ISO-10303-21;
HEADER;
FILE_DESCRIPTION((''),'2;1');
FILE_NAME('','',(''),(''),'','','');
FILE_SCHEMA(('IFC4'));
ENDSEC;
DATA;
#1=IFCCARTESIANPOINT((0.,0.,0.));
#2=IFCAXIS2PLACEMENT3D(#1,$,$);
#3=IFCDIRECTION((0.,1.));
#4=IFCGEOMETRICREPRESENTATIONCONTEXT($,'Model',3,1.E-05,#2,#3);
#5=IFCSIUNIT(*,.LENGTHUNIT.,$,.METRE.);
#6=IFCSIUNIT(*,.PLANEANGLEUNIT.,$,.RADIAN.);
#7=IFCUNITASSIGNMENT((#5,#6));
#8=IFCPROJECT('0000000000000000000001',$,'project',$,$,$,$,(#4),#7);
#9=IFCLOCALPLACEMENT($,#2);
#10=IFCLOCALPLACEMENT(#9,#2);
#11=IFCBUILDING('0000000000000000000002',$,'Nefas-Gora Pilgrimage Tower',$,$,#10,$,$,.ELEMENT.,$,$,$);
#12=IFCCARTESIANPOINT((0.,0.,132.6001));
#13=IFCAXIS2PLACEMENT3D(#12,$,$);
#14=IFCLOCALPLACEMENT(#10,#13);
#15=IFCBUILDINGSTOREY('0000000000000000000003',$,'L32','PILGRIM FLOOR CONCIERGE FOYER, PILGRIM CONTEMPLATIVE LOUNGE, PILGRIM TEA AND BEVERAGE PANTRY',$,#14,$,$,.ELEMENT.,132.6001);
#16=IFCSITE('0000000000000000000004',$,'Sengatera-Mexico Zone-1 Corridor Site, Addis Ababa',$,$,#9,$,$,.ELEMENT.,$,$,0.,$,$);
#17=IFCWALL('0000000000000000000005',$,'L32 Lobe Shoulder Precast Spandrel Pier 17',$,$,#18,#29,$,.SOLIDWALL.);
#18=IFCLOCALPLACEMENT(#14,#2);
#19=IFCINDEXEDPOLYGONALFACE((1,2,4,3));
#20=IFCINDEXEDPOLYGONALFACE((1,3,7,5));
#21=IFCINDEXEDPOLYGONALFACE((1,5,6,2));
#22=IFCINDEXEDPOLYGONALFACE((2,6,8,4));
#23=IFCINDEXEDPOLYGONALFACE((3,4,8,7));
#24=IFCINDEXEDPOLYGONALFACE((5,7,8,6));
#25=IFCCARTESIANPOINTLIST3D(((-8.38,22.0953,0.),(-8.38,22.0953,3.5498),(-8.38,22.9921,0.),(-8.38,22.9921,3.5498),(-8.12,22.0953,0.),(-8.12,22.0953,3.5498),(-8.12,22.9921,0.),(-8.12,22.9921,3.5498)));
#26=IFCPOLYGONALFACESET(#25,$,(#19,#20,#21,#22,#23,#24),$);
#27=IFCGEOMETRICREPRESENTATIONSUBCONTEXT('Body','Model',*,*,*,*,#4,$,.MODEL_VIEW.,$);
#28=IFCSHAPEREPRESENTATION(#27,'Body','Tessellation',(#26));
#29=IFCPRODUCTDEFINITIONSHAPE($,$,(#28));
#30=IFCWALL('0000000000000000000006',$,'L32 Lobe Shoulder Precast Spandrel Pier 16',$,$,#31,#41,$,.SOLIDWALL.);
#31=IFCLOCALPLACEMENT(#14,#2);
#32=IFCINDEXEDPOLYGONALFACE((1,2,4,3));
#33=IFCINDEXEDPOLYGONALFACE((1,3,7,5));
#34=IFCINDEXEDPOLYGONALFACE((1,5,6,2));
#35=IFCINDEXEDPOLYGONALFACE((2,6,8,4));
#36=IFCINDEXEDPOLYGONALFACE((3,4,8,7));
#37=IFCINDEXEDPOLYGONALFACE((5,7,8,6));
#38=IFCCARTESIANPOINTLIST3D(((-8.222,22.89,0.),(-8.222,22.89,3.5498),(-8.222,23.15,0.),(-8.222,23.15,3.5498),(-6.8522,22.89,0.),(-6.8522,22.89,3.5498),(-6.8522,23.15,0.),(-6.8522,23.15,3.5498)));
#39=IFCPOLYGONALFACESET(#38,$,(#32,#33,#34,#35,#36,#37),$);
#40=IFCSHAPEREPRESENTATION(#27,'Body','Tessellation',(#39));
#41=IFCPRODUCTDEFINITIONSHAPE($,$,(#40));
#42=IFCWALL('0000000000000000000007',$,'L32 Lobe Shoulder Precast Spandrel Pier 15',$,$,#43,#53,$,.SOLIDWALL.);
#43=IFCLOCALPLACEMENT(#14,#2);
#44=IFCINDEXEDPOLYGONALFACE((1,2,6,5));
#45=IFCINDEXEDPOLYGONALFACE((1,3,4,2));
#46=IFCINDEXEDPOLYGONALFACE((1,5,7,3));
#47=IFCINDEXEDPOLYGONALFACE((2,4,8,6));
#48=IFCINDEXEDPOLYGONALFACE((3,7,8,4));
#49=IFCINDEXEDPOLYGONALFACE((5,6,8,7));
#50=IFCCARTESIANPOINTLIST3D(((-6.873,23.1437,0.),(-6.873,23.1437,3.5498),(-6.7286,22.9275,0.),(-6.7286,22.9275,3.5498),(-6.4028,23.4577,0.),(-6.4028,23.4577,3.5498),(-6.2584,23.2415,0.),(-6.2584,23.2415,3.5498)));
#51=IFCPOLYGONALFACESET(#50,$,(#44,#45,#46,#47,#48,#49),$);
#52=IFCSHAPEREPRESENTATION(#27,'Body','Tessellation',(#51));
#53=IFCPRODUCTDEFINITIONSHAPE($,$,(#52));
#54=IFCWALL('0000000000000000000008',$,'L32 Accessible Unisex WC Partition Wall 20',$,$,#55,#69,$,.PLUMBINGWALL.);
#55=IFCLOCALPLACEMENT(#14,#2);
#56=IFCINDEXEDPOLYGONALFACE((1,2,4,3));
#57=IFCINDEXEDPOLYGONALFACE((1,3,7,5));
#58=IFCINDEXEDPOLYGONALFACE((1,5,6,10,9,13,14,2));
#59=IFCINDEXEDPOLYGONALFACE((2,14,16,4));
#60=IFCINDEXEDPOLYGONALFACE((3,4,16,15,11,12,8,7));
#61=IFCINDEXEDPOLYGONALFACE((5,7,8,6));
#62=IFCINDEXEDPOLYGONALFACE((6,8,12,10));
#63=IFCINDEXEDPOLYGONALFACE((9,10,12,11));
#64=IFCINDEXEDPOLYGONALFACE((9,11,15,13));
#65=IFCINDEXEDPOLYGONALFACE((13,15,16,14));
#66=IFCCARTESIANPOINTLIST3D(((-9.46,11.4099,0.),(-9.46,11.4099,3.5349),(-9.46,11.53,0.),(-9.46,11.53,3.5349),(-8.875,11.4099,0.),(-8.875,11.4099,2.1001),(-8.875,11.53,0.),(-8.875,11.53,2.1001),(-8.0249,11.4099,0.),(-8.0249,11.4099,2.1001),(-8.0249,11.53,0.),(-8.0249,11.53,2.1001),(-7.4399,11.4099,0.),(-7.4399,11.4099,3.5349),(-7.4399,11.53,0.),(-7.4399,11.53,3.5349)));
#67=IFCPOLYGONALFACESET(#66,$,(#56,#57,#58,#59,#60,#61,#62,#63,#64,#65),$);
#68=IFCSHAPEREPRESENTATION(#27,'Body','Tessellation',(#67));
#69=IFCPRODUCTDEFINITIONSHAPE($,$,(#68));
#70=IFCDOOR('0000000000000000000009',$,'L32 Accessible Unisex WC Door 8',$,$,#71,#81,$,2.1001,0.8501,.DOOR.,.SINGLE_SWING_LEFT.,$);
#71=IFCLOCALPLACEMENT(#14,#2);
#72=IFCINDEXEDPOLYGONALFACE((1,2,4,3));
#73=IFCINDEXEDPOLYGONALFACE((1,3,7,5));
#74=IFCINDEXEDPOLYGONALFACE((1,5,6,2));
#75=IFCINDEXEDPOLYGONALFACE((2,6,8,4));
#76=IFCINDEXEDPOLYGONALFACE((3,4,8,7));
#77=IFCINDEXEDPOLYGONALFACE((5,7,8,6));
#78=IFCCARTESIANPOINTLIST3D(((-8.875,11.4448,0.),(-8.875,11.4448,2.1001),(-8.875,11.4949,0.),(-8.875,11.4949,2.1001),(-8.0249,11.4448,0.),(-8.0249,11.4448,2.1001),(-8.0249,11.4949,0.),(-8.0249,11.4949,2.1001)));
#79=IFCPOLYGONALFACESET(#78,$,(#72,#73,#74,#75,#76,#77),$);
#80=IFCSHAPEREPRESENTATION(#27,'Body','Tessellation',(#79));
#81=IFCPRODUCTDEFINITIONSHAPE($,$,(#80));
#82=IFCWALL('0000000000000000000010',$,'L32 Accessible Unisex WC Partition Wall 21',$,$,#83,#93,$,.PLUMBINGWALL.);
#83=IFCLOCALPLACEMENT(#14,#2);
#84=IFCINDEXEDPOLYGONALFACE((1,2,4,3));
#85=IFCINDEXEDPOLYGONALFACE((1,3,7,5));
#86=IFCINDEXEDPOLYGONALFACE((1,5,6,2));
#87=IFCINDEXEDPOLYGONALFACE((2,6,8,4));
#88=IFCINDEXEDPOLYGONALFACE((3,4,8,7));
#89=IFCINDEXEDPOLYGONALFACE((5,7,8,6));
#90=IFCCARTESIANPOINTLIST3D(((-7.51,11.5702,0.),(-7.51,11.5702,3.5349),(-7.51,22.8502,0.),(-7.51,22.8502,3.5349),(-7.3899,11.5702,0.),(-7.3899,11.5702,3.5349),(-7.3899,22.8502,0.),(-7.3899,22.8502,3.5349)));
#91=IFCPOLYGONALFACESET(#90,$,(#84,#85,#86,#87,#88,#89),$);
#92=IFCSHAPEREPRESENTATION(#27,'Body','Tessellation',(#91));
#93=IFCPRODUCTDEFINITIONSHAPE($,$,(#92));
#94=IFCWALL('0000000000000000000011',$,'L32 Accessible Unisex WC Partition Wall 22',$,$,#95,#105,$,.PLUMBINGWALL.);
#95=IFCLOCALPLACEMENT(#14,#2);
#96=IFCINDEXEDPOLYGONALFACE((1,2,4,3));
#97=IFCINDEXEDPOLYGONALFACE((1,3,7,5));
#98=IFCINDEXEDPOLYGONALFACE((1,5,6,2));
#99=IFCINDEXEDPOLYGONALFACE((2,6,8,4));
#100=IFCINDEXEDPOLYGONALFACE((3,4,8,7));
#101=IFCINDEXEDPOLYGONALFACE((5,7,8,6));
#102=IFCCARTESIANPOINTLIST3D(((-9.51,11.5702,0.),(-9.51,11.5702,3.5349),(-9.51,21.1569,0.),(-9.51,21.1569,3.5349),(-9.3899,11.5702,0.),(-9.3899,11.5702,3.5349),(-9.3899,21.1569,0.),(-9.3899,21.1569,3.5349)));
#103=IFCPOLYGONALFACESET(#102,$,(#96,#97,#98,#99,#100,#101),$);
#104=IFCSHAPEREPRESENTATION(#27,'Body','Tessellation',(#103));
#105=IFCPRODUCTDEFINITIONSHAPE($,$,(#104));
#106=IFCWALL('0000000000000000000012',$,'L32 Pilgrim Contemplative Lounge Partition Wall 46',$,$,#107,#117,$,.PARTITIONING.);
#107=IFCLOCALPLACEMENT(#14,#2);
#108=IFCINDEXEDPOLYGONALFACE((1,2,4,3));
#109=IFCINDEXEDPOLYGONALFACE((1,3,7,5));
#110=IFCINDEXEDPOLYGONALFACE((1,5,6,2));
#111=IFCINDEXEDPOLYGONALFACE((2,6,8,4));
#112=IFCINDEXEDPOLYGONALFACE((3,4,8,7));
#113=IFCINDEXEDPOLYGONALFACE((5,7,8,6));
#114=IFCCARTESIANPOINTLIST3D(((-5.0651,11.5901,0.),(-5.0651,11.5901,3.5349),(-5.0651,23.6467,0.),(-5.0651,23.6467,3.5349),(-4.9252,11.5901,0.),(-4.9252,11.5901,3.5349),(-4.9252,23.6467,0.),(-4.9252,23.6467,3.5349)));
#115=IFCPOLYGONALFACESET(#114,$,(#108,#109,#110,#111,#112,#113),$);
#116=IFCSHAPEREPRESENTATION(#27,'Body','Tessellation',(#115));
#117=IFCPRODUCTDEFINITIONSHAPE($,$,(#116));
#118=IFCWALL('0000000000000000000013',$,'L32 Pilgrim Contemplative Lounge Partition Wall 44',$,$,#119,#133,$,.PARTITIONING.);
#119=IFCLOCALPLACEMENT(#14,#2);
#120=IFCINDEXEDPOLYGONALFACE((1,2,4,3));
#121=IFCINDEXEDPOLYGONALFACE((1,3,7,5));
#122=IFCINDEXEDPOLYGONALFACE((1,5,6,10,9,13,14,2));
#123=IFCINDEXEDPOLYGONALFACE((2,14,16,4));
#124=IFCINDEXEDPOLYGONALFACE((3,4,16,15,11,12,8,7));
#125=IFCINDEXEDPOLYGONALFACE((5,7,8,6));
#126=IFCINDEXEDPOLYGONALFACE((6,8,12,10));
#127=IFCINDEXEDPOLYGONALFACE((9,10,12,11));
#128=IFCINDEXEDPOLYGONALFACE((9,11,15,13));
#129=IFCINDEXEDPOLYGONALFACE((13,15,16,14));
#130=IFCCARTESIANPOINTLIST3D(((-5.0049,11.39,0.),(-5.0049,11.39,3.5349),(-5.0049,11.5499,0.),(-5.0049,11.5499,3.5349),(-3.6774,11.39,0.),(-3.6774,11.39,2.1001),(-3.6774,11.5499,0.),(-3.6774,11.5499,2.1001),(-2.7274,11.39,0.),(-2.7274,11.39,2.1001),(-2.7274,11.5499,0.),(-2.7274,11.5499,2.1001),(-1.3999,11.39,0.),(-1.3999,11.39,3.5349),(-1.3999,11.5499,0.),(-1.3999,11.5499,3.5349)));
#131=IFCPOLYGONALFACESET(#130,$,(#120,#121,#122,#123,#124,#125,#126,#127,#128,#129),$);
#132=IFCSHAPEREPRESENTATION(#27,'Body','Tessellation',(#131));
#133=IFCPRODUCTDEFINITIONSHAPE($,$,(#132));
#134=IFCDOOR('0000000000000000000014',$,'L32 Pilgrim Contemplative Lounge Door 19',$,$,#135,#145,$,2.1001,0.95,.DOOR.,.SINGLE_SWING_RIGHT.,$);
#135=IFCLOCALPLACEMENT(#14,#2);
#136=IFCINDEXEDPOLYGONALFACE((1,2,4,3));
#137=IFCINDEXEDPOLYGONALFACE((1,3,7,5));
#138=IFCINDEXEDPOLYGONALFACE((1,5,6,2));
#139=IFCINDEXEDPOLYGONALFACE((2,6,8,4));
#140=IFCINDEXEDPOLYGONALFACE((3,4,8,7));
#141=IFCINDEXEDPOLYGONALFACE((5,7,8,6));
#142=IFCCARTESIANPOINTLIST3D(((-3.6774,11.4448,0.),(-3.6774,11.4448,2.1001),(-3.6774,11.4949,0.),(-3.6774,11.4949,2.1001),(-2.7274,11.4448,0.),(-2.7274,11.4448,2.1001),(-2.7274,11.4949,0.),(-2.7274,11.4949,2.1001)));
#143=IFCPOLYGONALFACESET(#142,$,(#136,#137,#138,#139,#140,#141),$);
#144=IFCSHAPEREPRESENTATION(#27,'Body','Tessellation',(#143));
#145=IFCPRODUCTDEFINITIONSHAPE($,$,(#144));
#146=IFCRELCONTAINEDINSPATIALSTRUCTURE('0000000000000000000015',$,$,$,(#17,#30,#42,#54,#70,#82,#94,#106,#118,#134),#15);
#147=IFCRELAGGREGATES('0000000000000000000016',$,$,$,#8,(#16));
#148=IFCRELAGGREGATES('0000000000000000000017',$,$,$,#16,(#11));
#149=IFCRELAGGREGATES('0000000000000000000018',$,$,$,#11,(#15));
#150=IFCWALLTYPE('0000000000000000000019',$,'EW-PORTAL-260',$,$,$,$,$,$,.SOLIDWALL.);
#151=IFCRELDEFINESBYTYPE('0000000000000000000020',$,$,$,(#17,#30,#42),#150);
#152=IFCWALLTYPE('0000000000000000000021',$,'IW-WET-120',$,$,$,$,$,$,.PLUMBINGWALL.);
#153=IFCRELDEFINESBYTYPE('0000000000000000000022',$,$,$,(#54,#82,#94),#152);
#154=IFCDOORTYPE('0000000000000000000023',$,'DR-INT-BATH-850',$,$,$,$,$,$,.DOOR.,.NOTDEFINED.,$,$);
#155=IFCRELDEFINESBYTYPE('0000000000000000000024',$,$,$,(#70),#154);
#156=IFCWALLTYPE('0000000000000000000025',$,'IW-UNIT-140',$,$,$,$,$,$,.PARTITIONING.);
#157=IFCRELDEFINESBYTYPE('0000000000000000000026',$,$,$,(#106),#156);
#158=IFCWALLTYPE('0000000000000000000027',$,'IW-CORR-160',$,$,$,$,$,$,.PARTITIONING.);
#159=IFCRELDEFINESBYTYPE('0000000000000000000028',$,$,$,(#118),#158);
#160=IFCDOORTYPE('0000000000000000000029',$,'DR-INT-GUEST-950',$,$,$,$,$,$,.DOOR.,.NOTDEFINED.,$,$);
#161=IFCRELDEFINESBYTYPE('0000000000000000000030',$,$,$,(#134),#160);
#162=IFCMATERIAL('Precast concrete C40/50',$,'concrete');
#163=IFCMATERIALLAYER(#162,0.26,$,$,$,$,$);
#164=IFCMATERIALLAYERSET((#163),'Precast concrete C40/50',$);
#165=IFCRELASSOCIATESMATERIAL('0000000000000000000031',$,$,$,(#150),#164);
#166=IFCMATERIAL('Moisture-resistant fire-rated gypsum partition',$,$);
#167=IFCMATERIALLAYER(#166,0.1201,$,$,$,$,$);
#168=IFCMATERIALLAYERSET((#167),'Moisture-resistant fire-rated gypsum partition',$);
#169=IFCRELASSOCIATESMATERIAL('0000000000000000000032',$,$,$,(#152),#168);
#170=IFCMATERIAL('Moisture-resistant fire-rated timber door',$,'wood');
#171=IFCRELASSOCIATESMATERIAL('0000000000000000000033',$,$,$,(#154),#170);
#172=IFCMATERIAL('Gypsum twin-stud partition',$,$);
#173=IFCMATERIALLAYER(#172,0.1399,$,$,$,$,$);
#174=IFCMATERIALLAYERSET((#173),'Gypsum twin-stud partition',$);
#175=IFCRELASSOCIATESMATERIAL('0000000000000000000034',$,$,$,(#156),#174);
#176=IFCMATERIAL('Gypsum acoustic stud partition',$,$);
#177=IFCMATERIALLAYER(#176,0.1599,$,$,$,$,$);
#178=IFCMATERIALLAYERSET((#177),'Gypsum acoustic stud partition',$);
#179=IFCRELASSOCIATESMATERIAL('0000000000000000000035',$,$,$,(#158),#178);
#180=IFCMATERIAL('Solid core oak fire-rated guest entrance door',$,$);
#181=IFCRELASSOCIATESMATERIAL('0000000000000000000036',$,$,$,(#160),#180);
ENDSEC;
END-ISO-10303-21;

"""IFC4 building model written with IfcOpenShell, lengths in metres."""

from ifc_helpers import new_model, si_unit, direction, frame, frame_2d, origin, place, context, subcontext, project, spatial, rectangle, extrude, source, transform, mapped, material, layer, layer_set, type_object, element, fill, save


model = new_model("IFC4")

# Units and contexts
model_context = context("Model", 3, precision=1e-05, world=origin(), true_north=direction((0.0, 1.0)))
body_context = subcontext(model_context, "Body", "Model", "MODEL_VIEW")
ifc_project = project(units=[si_unit("LENGTHUNIT", "METRE"), si_unit("PLANEANGLEUNIT", "RADIAN")], contexts=[model_context])

# Site, building, storey
site_placement = place(None, origin())
site = spatial("IfcSite", under=ifc_project, at=site_placement, Name="Sengatera-Mexico Zone-1 Corridor Site, Addis Ababa", CompositionType="ELEMENT", RefElevation=0.0)
building_placement = place(site_placement, origin())
building = spatial("IfcBuilding", under=site, at=building_placement, Name="Nefas-Gora Pilgrimage Tower", CompositionType="ELEMENT")
storey_placement = place(building_placement, frame((0.0, 0.0, 132.6001)))
storey = spatial("IfcBuildingStorey", under=building, at=storey_placement, Name="L32", Description="PILGRIM FLOOR CONCIERGE FOYER, PILGRIM CONTEMPLATIVE LOUNGE, PILGRIM TEA AND BEVERAGE PANTRY", CompositionType="ELEMENT", Elevation=132.6001)

# Walls
ifc_material_1 = material(Name="Precast concrete C40/50", Category="concrete")
ifc_layer_1 = layer(ifc_material_1, 0.26)
ifc_layer_set_1 = layer_set([ifc_layer_1], Name="Precast concrete C40/50")
wall_type_1 = type_object("IfcWallType", Name="EW-PORTAL-260", PredefinedType="SOLIDWALL", material=ifc_layer_set_1)
shared_shape_1 = source(origin(), body_context, "Body", "SweptSolid", [
    extrude(rectangle(XDim=0.8967, YDim=0.26, at=frame_2d((0.4482, 0.0))), origin(), (0.0, 0.0, 1.0), 3.5498),
])
wall_1_placement = place(storey_placement, frame((-8.25, 22.9919, 0.0), z_axis=(0.0, 0.0, 1.0), x_axis=(0.0, -1.0, 0.0)))
element("IfcWall", 1, at=wall_1_placement, inside=storey, type_object=wall_type_1, Name="L32 Lobe Shoulder Precast Spandrel Pier 17", PredefinedType="SOLIDWALL", context=body_context, shape_type="MappedRepresentation", body=[
    mapped(shared_shape_1, transform((0.0, 0.0, 0.0), x_axis=(1.0, 0.0, 0.0), y_axis=(0.0, 1.0, 0.0), z_axis=(0.0, 0.0, 1.0), scale=1.0)),
])
shared_shape_2 = source(origin(), body_context, "Body", "SweptSolid", [
    extrude(rectangle(XDim=1.3699, YDim=0.26, at=frame_2d((0.6851, 0.0))), origin(), (0.0, 0.0, 1.0), 3.5498),
])
wall_2_placement = place(storey_placement, frame((-6.8521, 23.02, 0.0), z_axis=(0.0, 0.0, 1.0), x_axis=(-1.0, 0.0, 0.0)))
element("IfcWall", 2, at=wall_2_placement, inside=storey, type_object=wall_type_1, Name="L32 Lobe Shoulder Precast Spandrel Pier 16", PredefinedType="SOLIDWALL", context=body_context, shape_type="MappedRepresentation", body=[
    mapped(shared_shape_2, transform((0.0, 0.0, 0.0), x_axis=(1.0, 0.0, 0.0), y_axis=(0.0, 1.0, 0.0), z_axis=(0.0, 0.0, 1.0), scale=1.0)),
])
shared_shape_3 = source(origin(), body_context, "Body", "SweptSolid", [
    extrude(rectangle(XDim=0.5654, YDim=0.26, at=frame_2d((0.2827, 0.0))), origin(), (0.0, 0.0, 1.0), 3.5498),
])
wall_3_placement = place(storey_placement, frame((-6.3306, 23.3496, 0.0), z_axis=(0.0, 0.0, 1.0), x_axis=(-0.831651, -0.555298, 0.0)))
element("IfcWall", 3, at=wall_3_placement, inside=storey, type_object=wall_type_1, Name="L32 Lobe Shoulder Precast Spandrel Pier 15", PredefinedType="SOLIDWALL", context=body_context, shape_type="MappedRepresentation", body=[
    mapped(shared_shape_3, transform((0.0, 0.0, 0.0), x_axis=(1.0, 0.0, 0.0), y_axis=(0.0, 1.0, 0.0), z_axis=(0.0, 0.0, 1.0), scale=1.0)),
])

# Wall, opening, door
ifc_material_2 = material(Name="Moisture-resistant fire-rated gypsum partition")
ifc_layer_2 = layer(ifc_material_2, 0.1201)
ifc_layer_set_2 = layer_set([ifc_layer_2], Name="Moisture-resistant fire-rated gypsum partition")
wall_type_2 = type_object("IfcWallType", Name="IW-WET-120", PredefinedType="PLUMBINGWALL", material=ifc_layer_set_2)
shared_shape_4 = source(origin(), body_context, "Body", "SweptSolid", [
    extrude(rectangle(XDim=2.02, YDim=0.1201, at=frame_2d((1.01, 0.0))), origin(), (0.0, 0.0, 1.0), 3.5349),
])
wall_4_placement = place(storey_placement, frame((-9.46, 11.47, 0.0), z_axis=(0.0, 0.0, 1.0), x_axis=(1.0, 0.0, 0.0)))
wall_4 = element("IfcWall", 4, at=wall_4_placement, inside=storey, type_object=wall_type_2, Name="L32 Accessible Unisex WC Partition Wall 20", PredefinedType="PLUMBINGWALL", context=body_context, shape_type="MappedRepresentation", body=[
    mapped(shared_shape_4, transform((0.0, 0.0, 0.0), x_axis=(1.0, 0.0, 0.0), y_axis=(0.0, 1.0, 0.0), z_axis=(0.0, 0.0, 1.0), scale=1.0)),
])
opening_1_placement = place(wall_4_placement, frame((0.585, 0.0, 0.0)))
opening_1 = element("IfcOpeningElement", 5, at=opening_1_placement, cuts=wall_4, PredefinedType="OPENING", context=body_context, shape_type="SweptSolid", body=[
    extrude(rectangle(XDim=0.8501, YDim=2.1001, at=frame_2d((0.425, 1.05))), frame((0.0, 0.0701, 0.0), z_axis=(0.0, -1.0, 0.0), x_axis=(1.0, 0.0, 0.0)), (0.0, 0.0, 1.0), 0.1401),
])
ifc_material_3 = material(Name="Moisture-resistant fire-rated timber door", Category="wood")
door_type_1 = type_object("IfcDoorType", Name="DR-INT-BATH-850", OperationType="NOTDEFINED", PredefinedType="DOOR", material=ifc_material_3)
shared_shape_5 = source(origin(), body_context, "Body", "SweptSolid", [
    extrude(rectangle(XDim=0.8501, YDim=2.1001, at=frame_2d((0.425, 1.05))), frame((0.0, 0.0249, 0.0), z_axis=(0.0, -1.0, 0.0), x_axis=(1.0, 0.0, 0.0)), (0.0, 0.0, 1.0), 0.05),
])
door_1_placement = place(opening_1_placement, origin())
door_1 = element("IfcDoor", 6, at=door_1_placement, inside=storey, type_object=door_type_1, Name="L32 Accessible Unisex WC Door 8", OperationType="SINGLE_SWING_LEFT", OverallHeight=2.1001, OverallWidth=0.8501, PredefinedType="DOOR", context=body_context, shape_type="MappedRepresentation", body=[
    mapped(shared_shape_5, transform((0.0, 0.0, 0.0), x_axis=(1.0, 0.0, 0.0), y_axis=(0.0, 1.0, 0.0), z_axis=(0.0, 0.0, 1.0), scale=1.0)),
])
fill(opening_1, door_1)

# Walls
shared_shape_6 = source(origin(), body_context, "Body", "SweptSolid", [
    extrude(rectangle(XDim=11.28, YDim=0.1201, at=frame_2d((5.6401, 0.0))), origin(), (0.0, 0.0, 1.0), 3.5349),
])
wall_5_placement = place(storey_placement, frame((-7.45, 11.5701, 0.0), z_axis=(0.0, 0.0, 1.0), x_axis=(0.0, 1.0, 0.0)))
element("IfcWall", 7, at=wall_5_placement, inside=storey, type_object=wall_type_2, Name="L32 Accessible Unisex WC Partition Wall 21", PredefinedType="PLUMBINGWALL", context=body_context, shape_type="MappedRepresentation", body=[
    mapped(shared_shape_6, transform((0.0, 0.0, 0.0), x_axis=(1.0, 0.0, 0.0), y_axis=(0.0, 1.0, 0.0), z_axis=(0.0, 0.0, 1.0), scale=1.0)),
])
shared_shape_7 = source(origin(), body_context, "Body", "SweptSolid", [
    extrude(rectangle(XDim=9.5867, YDim=0.1201, at=frame_2d((4.7935, 0.0))), origin(), (0.0, 0.0, 1.0), 3.5349),
])
wall_6_placement = place(storey_placement, frame((-9.45, 11.5701, 0.0), z_axis=(0.0, 0.0, 1.0), x_axis=(0.0, 1.0, 0.0)))
element("IfcWall", 8, at=wall_6_placement, inside=storey, type_object=wall_type_2, Name="L32 Accessible Unisex WC Partition Wall 22", PredefinedType="PLUMBINGWALL", context=body_context, shape_type="MappedRepresentation", body=[
    mapped(shared_shape_7, transform((0.0, 0.0, 0.0), x_axis=(1.0, 0.0, 0.0), y_axis=(0.0, 1.0, 0.0), z_axis=(0.0, 0.0, 1.0), scale=1.0)),
])
ifc_material_4 = material(Name="Gypsum twin-stud partition")
ifc_layer_3 = layer(ifc_material_4, 0.1399)
ifc_layer_set_3 = layer_set([ifc_layer_3], Name="Gypsum twin-stud partition")
wall_type_3 = type_object("IfcWallType", Name="IW-UNIT-140", PredefinedType="PARTITIONING", material=ifc_layer_set_3)
shared_shape_8 = source(origin(), body_context, "Body", "SweptSolid", [
    extrude(rectangle(XDim=12.0566, YDim=0.1399, at=frame_2d((6.0283, 0.0))), origin(), (0.0, 0.0, 1.0), 3.5349),
])
wall_7_placement = place(storey_placement, frame((-4.9951, 11.5901, 0.0), z_axis=(0.0, 0.0, 1.0), x_axis=(0.0, 1.0, 0.0)))
element("IfcWall", 9, at=wall_7_placement, inside=storey, type_object=wall_type_3, Name="L32 Pilgrim Contemplative Lounge Partition Wall 46", PredefinedType="PARTITIONING", context=body_context, shape_type="MappedRepresentation", body=[
    mapped(shared_shape_8, transform((0.0, 0.0, 0.0), x_axis=(1.0, 0.0, 0.0), y_axis=(0.0, 1.0, 0.0), z_axis=(0.0, 0.0, 1.0), scale=1.0)),
])

# Wall, opening, door
ifc_material_5 = material(Name="Gypsum acoustic stud partition")
ifc_layer_4 = layer(ifc_material_5, 0.1599)
ifc_layer_set_4 = layer_set([ifc_layer_4], Name="Gypsum acoustic stud partition")
wall_type_4 = type_object("IfcWallType", Name="IW-CORR-160", PredefinedType="PARTITIONING", material=ifc_layer_set_4)
shared_shape_9 = source(origin(), body_context, "Body", "SweptSolid", [
    extrude(rectangle(XDim=3.605, YDim=0.1599, at=frame_2d((1.8025, 0.0))), origin(), (0.0, 0.0, 1.0), 3.5349),
])
wall_8_placement = place(storey_placement, frame((-5.0049, 11.47, 0.0), z_axis=(0.0, 0.0, 1.0), x_axis=(1.0, 0.0, 0.0)))
wall_8 = element("IfcWall", 10, at=wall_8_placement, inside=storey, type_object=wall_type_4, Name="L32 Pilgrim Contemplative Lounge Partition Wall 44", PredefinedType="PARTITIONING", context=body_context, shape_type="MappedRepresentation", body=[
    mapped(shared_shape_9, transform((0.0, 0.0, 0.0), x_axis=(1.0, 0.0, 0.0), y_axis=(0.0, 1.0, 0.0), z_axis=(0.0, 0.0, 1.0), scale=1.0)),
])
opening_2_placement = place(wall_8_placement, frame((1.3274, 0.0, 0.0)))
opening_2 = element("IfcOpeningElement", 11, at=opening_2_placement, cuts=wall_8, PredefinedType="OPENING", context=body_context, shape_type="SweptSolid", body=[
    extrude(rectangle(XDim=0.95, YDim=2.1001, at=frame_2d((0.4751, 1.05))), frame((0.0, 0.0898, 0.0), z_axis=(0.0, -1.0, 0.0), x_axis=(1.0, 0.0, 0.0)), (0.0, 0.0, 1.0), 0.1799),
])
ifc_material_6 = material(Name="Solid core oak fire-rated guest entrance door")
door_type_2 = type_object("IfcDoorType", Name="DR-INT-GUEST-950", OperationType="NOTDEFINED", PredefinedType="DOOR", material=ifc_material_6)
shared_shape_10 = source(origin(), body_context, "Body", "SweptSolid", [
    extrude(rectangle(XDim=0.95, YDim=2.1001, at=frame_2d((0.4751, 1.05))), frame((0.0, 0.0249, 0.0), z_axis=(0.0, -1.0, 0.0), x_axis=(1.0, 0.0, 0.0)), (0.0, 0.0, 1.0), 0.05),
])
door_2_placement = place(opening_2_placement, origin())
door_2 = element("IfcDoor", 12, at=door_2_placement, inside=storey, type_object=door_type_2, Name="L32 Pilgrim Contemplative Lounge Door 19", OperationType="SINGLE_SWING_RIGHT", OverallHeight=2.1001, OverallWidth=0.95, PredefinedType="DOOR", context=body_context, shape_type="MappedRepresentation", body=[
    mapped(shared_shape_10, transform((0.0, 0.0, 0.0), x_axis=(1.0, 0.0, 0.0), y_axis=(0.0, 1.0, 0.0), z_axis=(0.0, 0.0, 1.0), scale=1.0)),
])
fill(opening_2, door_2)

save(model, "model.ifc")
